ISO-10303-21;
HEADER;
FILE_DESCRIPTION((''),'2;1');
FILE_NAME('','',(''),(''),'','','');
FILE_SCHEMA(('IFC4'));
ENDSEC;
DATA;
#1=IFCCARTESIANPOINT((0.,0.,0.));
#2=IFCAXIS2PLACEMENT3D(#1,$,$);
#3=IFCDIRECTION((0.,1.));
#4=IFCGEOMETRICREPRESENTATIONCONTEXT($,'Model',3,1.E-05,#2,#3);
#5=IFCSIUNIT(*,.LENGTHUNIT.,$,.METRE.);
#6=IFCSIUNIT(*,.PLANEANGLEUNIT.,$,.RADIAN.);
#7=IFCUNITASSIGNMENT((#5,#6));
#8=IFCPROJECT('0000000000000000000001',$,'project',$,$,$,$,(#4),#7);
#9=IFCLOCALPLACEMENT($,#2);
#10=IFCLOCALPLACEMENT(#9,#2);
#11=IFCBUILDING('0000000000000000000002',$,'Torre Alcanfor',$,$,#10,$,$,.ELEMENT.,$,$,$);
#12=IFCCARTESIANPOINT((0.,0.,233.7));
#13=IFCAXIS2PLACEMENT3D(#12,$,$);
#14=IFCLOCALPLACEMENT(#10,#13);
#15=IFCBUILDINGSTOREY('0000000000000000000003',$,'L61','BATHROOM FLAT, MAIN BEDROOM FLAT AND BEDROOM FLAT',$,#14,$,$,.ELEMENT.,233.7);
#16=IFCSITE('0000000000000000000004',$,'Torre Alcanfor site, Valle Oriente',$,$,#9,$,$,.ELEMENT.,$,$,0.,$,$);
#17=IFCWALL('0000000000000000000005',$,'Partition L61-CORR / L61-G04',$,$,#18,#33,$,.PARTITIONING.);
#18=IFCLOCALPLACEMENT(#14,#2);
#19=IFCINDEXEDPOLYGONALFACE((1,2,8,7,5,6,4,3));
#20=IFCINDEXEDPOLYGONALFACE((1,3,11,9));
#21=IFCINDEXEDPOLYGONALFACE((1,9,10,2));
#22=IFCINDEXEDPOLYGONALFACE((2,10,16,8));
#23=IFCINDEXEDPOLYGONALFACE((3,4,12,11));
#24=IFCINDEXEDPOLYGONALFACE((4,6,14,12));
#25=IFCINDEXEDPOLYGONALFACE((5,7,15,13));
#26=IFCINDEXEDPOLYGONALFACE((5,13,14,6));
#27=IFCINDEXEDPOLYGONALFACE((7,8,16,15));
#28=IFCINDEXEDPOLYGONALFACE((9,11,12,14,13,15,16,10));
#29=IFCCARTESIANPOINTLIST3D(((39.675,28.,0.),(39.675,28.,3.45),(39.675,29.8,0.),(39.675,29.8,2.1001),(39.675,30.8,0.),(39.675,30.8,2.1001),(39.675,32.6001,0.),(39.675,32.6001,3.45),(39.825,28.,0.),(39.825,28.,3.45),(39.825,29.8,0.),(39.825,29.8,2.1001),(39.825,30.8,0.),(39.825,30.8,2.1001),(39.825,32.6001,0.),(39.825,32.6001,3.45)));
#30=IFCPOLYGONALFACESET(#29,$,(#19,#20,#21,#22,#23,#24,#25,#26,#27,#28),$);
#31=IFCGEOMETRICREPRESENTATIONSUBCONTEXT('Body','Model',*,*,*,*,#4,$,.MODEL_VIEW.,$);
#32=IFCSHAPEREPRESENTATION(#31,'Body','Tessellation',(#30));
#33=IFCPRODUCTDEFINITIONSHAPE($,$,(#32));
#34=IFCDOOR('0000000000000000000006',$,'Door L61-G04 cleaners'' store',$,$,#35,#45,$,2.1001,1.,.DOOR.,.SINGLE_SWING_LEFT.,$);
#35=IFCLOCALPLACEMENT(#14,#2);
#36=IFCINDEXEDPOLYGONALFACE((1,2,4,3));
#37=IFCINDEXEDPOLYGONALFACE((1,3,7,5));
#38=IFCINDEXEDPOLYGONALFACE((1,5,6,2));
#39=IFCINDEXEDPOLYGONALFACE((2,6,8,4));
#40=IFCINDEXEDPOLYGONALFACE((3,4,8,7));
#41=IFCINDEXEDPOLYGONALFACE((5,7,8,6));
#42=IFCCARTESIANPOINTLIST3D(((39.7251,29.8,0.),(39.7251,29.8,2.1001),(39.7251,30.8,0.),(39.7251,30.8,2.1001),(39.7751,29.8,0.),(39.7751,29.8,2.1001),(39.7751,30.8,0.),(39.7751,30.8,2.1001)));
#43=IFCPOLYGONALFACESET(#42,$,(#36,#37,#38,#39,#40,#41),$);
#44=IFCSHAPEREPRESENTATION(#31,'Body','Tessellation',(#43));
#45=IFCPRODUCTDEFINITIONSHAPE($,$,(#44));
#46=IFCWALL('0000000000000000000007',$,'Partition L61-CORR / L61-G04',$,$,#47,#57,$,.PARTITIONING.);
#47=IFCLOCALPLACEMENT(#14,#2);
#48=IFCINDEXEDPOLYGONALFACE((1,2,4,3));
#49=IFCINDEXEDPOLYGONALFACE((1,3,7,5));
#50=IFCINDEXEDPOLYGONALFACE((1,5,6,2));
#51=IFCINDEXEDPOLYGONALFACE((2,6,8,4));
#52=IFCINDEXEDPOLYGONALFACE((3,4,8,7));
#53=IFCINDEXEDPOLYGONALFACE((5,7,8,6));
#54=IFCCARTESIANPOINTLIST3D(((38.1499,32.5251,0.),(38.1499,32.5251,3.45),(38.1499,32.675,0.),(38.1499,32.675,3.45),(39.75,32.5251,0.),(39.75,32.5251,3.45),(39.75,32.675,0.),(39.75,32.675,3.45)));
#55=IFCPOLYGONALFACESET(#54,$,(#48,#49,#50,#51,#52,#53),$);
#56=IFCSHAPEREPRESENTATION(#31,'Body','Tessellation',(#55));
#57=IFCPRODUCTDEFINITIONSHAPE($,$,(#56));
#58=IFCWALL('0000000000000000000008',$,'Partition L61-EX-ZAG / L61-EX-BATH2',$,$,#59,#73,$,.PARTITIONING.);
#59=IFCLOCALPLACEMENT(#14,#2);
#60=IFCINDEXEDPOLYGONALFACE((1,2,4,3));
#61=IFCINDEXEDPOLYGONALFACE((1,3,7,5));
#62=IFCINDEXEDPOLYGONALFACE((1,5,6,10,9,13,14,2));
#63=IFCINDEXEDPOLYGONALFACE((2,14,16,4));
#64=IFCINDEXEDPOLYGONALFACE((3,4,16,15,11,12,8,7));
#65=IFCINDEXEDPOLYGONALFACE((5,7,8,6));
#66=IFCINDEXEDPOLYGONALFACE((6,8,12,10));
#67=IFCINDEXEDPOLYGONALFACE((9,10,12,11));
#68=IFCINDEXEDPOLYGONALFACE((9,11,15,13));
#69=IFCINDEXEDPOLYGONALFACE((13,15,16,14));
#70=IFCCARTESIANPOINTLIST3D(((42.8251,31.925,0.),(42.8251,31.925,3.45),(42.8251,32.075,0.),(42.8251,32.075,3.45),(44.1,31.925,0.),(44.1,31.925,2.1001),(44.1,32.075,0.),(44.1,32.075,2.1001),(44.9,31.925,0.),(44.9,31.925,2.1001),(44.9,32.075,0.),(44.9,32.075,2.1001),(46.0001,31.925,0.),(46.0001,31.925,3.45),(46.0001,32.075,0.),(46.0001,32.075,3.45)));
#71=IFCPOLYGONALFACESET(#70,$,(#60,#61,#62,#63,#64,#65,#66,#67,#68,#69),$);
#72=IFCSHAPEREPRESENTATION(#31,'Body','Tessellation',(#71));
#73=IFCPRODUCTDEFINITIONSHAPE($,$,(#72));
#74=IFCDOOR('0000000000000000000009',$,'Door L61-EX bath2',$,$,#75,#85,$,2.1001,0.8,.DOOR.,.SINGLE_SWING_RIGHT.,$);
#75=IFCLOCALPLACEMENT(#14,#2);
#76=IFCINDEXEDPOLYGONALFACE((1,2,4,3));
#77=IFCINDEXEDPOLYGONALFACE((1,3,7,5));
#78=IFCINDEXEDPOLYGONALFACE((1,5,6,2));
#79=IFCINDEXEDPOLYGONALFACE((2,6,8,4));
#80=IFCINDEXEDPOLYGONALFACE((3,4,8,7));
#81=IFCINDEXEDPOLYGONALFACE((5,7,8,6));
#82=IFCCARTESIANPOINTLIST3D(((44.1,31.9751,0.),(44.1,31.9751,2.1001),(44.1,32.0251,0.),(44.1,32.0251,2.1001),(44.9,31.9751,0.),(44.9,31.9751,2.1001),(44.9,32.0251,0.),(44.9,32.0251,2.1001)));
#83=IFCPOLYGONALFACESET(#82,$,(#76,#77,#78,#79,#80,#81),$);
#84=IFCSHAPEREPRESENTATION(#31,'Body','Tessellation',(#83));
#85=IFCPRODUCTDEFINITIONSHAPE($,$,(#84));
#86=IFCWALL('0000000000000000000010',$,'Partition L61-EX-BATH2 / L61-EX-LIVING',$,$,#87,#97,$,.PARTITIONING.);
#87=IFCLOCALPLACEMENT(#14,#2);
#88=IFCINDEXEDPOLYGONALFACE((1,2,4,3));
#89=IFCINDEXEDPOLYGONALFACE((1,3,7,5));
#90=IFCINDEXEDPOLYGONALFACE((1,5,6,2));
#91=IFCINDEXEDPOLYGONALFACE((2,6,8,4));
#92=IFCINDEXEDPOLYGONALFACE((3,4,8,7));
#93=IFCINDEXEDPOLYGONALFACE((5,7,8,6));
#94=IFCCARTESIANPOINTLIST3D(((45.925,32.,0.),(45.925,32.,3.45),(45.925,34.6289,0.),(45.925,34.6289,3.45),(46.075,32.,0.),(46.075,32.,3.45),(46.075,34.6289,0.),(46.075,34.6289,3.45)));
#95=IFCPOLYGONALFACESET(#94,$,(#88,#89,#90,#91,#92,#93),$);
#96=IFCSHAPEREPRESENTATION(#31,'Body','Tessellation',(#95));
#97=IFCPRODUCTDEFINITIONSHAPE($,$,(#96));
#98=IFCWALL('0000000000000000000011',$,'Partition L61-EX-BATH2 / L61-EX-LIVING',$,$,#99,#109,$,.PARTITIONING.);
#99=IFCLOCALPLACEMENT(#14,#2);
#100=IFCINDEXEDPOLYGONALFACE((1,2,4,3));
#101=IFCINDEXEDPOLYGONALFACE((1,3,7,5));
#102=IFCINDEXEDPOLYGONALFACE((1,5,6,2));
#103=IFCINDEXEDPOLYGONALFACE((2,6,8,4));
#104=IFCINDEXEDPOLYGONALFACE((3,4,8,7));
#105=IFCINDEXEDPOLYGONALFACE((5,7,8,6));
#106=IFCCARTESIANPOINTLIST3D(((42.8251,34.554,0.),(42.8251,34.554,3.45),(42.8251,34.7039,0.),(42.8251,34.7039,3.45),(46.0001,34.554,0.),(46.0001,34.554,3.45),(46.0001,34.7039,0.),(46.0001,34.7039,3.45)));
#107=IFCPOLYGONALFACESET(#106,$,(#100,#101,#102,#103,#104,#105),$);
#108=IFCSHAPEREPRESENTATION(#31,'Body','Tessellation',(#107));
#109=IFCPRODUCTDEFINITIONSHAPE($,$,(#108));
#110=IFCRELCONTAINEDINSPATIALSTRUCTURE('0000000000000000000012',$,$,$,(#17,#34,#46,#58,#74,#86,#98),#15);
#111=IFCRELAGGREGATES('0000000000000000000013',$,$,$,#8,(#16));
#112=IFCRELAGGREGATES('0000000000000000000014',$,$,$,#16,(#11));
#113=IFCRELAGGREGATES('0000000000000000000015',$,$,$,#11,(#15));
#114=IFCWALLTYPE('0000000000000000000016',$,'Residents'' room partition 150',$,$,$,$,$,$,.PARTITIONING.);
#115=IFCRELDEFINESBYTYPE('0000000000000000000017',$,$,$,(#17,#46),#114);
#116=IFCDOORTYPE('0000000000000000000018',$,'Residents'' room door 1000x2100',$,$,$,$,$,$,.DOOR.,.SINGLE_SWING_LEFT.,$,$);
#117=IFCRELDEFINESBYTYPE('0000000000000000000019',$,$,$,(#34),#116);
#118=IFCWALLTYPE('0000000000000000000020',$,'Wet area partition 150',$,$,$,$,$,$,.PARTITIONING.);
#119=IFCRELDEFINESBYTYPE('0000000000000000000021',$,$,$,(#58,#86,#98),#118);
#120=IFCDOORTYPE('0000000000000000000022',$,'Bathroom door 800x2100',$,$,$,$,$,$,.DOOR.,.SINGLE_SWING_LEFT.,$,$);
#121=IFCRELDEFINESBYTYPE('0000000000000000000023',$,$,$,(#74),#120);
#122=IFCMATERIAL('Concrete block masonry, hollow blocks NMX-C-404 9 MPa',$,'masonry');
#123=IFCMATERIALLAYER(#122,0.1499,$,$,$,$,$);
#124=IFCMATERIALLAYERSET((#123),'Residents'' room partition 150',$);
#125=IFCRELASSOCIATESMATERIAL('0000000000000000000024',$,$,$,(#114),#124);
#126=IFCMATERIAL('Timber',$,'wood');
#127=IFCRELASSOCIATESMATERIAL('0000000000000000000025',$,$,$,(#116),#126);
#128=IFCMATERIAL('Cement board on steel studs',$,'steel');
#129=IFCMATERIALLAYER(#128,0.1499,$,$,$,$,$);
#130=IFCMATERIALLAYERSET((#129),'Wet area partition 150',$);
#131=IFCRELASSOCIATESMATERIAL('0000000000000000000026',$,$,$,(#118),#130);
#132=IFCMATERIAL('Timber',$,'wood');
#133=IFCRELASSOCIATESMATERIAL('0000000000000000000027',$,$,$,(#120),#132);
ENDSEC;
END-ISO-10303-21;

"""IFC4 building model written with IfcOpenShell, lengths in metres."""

from ifc_helpers import new_model, si_unit, direction, frame, frame_2d, origin, place, context, subcontext, project, spatial, rectangle, extrude, material, layer, layer_set, type_object, element, fill, save


model = new_model("IFC4")

# Units and contexts
model_context = context("Model", 3, precision=1e-05, world=origin(), true_north=direction((0.0, 1.0)))
body_context = subcontext(model_context, "Body", "Model", "MODEL_VIEW")
ifc_project = project(units=[si_unit("LENGTHUNIT", "METRE"), si_unit("PLANEANGLEUNIT", "RADIAN")], contexts=[model_context])

# Site, building, storey
site_placement = place(None, origin())
site = spatial("IfcSite", under=ifc_project, at=site_placement, Name="Torre Alcanfor site, Valle Oriente", CompositionType="ELEMENT", RefElevation=0.0)
building_placement = place(site_placement, origin())
building = spatial("IfcBuilding", under=site, at=building_placement, Name="Torre Alcanfor", CompositionType="ELEMENT")
storey_placement = place(building_placement, frame((0.0, 0.0, 233.7)))
storey = spatial("IfcBuildingStorey", under=building, at=storey_placement, Name="L61", Description="BATHROOM FLAT, MAIN BEDROOM FLAT AND BEDROOM FLAT", CompositionType="ELEMENT", Elevation=233.7)

# Shared definitions
ifc_material_1 = material(Name="Concrete block masonry, hollow blocks NMX-C-404 9 MPa", Category="masonry")
ifc_layer_1 = layer(ifc_material_1, 0.1499)
ifc_layer_set_1 = layer_set([ifc_layer_1], Name="Residents' room partition 150")
wall_type_1 = type_object("IfcWallType", Name="Residents' room partition 150", PredefinedType="PARTITIONING", material=ifc_layer_set_1)

# Wall, opening, door
wall_1_placement = place(storey_placement, frame((39.75, 28.0, 0.0), z_axis=(0.0, 0.0, 1.0), x_axis=(0.0, 1.0, 0.0)))
wall_1 = element("IfcWall", 1, at=wall_1_placement, inside=storey, type_object=wall_type_1, Name="Partition L61-CORR / L61-G04", PredefinedType="PARTITIONING", context=body_context, shape_type="SweptSolid", body=[
    extrude(rectangle(XDim=4.6001, YDim=0.1499, at=frame_2d((2.3, 0.0))), origin(), (0.0, 0.0, 1.0), 3.45),
])
opening_1_placement = place(wall_1_placement, frame((1.8, 0.0, 0.0)))
opening_1 = element("IfcOpeningElement", 2, at=opening_1_placement, cuts=wall_1, PredefinedType="OPENING", context=body_context, shape_type="SweptSolid", body=[
    extrude(rectangle(XDim=1.0, YDim=2.1001, at=frame_2d((0.5, 1.05))), frame((0.0, 0.085, 0.0), z_axis=(0.0, -1.0, 0.0), x_axis=(1.0, 0.0, 0.0)), (0.0, 0.0, 1.0), 0.1699),
])
ifc_material_2 = material(Name="Timber", Category="wood")
door_type_1 = type_object("IfcDoorType", Name="Residents' room door 1000x2100", OperationType="SINGLE_SWING_LEFT", PredefinedType="DOOR", material=ifc_material_2)
door_1_placement = place(opening_1_placement, origin())
door_1 = element("IfcDoor", 3, at=door_1_placement, inside=storey, type_object=door_type_1, Name="Door L61-G04 cleaners' store", OperationType="SINGLE_SWING_LEFT", OverallHeight=2.1001, OverallWidth=1.0, PredefinedType="DOOR", context=body_context, shape_type="SweptSolid", body=[
    extrude(rectangle(XDim=1.0, YDim=2.1001, at=frame_2d((0.5, 1.05))), frame((0.0, 0.0249, 0.0), z_axis=(0.0, -1.0, 0.0), x_axis=(1.0, 0.0, 0.0)), (0.0, 0.0, 1.0), 0.05),
])
fill(opening_1, door_1)

# Wall
wall_2_placement = place(storey_placement, frame((39.75, 32.6001, 0.0), z_axis=(0.0, 0.0, 1.0), x_axis=(-1.0, 0.0, 0.0)))
element("IfcWall", 4, at=wall_2_placement, inside=storey, type_object=wall_type_1, Name="Partition L61-CORR / L61-G04", PredefinedType="PARTITIONING", context=body_context, shape_type="SweptSolid", body=[
    extrude(rectangle(XDim=1.6001, YDim=0.1499, at=frame_2d((0.8, 0.0))), origin(), (0.0, 0.0, 1.0), 3.45),
])

# Wall, opening, door
ifc_material_3 = material(Name="Cement board on steel studs", Category="steel")
ifc_layer_2 = layer(ifc_material_3, 0.1499)
ifc_layer_set_2 = layer_set([ifc_layer_2], Name="Wet area partition 150")
wall_type_2 = type_object("IfcWallType", Name="Wet area partition 150", PredefinedType="PARTITIONING", material=ifc_layer_set_2)
wall_3_placement = place(storey_placement, frame((46.0, 32.0, 0.0), z_axis=(0.0, 0.0, 1.0), x_axis=(-1.0, 0.0, 0.0)))
wall_3 = element("IfcWall", 5, at=wall_3_placement, inside=storey, type_object=wall_type_2, Name="Partition L61-EX-ZAG / L61-EX-BATH2", PredefinedType="PARTITIONING", context=body_context, shape_type="SweptSolid", body=[
    extrude(rectangle(XDim=3.175, YDim=0.1499, at=frame_2d((1.5874, 0.0))), origin(), (0.0, 0.0, 1.0), 3.45),
])
opening_2_placement = place(wall_3_placement, frame((1.1001, 0.0, 0.0)))
opening_2 = element("IfcOpeningElement", 6, at=opening_2_placement, cuts=wall_3, PredefinedType="OPENING", context=body_context, shape_type="SweptSolid", body=[
    extrude(rectangle(XDim=0.8, YDim=2.1001, at=frame_2d((0.3999, 1.05))), frame((0.0, 0.085, 0.0), z_axis=(0.0, -1.0, 0.0), x_axis=(1.0, 0.0, 0.0)), (0.0, 0.0, 1.0), 0.1699),
])
ifc_material_4 = material(Name="Timber", Category="wood")
door_type_2 = type_object("IfcDoorType", Name="Bathroom door 800x2100", OperationType="SINGLE_SWING_LEFT", PredefinedType="DOOR", material=ifc_material_4)
door_2_placement = place(opening_2_placement, frame((0.8, 0.0, 0.0), z_axis=(0.0, 0.0, 1.0), x_axis=(-1.0, 0.0, 0.0)))
door_2 = element("IfcDoor", 7, at=door_2_placement, inside=storey, type_object=door_type_2, Name="Door L61-EX bath2", OperationType="SINGLE_SWING_RIGHT", OverallHeight=2.1001, OverallWidth=0.8, PredefinedType="DOOR", context=body_context, shape_type="SweptSolid", body=[
    extrude(rectangle(XDim=0.8, YDim=2.1001, at=frame_2d((0.4001, 1.05))), frame((0.0, 0.0251, 0.0), z_axis=(0.0, -1.0, 0.0), x_axis=(1.0, 0.0, 0.0)), (0.0, 0.0, 1.0), 0.05),
])
fill(opening_2, door_2)

# Walls
wall_4_placement = place(storey_placement, frame((46.0, 32.0, 0.0), z_axis=(0.0, 0.0, 1.0), x_axis=(0.0, 1.0, 0.0)))
element("IfcWall", 8, at=wall_4_placement, inside=storey, type_object=wall_type_2, Name="Partition L61-EX-BATH2 / L61-EX-LIVING", PredefinedType="PARTITIONING", context=body_context, shape_type="SweptSolid", body=[
    extrude(rectangle(XDim=2.6289, YDim=0.1499, at=frame_2d((1.3145, 0.0))), origin(), (0.0, 0.0, 1.0), 3.45),
])
wall_5_placement = place(storey_placement, frame((46.0, 34.6289, 0.0), z_axis=(0.0, 0.0, 1.0), x_axis=(-1.0, 0.0, 0.0)))
element("IfcWall", 9, at=wall_5_placement, inside=storey, type_object=wall_type_2, Name="Partition L61-EX-BATH2 / L61-EX-LIVING", PredefinedType="PARTITIONING", context=body_context, shape_type="SweptSolid", body=[
    extrude(rectangle(XDim=3.175, YDim=0.1499, at=frame_2d((1.5874, 0.0))), origin(), (0.0, 0.0, 1.0), 3.45),
])

save(model, "model.ifc")
